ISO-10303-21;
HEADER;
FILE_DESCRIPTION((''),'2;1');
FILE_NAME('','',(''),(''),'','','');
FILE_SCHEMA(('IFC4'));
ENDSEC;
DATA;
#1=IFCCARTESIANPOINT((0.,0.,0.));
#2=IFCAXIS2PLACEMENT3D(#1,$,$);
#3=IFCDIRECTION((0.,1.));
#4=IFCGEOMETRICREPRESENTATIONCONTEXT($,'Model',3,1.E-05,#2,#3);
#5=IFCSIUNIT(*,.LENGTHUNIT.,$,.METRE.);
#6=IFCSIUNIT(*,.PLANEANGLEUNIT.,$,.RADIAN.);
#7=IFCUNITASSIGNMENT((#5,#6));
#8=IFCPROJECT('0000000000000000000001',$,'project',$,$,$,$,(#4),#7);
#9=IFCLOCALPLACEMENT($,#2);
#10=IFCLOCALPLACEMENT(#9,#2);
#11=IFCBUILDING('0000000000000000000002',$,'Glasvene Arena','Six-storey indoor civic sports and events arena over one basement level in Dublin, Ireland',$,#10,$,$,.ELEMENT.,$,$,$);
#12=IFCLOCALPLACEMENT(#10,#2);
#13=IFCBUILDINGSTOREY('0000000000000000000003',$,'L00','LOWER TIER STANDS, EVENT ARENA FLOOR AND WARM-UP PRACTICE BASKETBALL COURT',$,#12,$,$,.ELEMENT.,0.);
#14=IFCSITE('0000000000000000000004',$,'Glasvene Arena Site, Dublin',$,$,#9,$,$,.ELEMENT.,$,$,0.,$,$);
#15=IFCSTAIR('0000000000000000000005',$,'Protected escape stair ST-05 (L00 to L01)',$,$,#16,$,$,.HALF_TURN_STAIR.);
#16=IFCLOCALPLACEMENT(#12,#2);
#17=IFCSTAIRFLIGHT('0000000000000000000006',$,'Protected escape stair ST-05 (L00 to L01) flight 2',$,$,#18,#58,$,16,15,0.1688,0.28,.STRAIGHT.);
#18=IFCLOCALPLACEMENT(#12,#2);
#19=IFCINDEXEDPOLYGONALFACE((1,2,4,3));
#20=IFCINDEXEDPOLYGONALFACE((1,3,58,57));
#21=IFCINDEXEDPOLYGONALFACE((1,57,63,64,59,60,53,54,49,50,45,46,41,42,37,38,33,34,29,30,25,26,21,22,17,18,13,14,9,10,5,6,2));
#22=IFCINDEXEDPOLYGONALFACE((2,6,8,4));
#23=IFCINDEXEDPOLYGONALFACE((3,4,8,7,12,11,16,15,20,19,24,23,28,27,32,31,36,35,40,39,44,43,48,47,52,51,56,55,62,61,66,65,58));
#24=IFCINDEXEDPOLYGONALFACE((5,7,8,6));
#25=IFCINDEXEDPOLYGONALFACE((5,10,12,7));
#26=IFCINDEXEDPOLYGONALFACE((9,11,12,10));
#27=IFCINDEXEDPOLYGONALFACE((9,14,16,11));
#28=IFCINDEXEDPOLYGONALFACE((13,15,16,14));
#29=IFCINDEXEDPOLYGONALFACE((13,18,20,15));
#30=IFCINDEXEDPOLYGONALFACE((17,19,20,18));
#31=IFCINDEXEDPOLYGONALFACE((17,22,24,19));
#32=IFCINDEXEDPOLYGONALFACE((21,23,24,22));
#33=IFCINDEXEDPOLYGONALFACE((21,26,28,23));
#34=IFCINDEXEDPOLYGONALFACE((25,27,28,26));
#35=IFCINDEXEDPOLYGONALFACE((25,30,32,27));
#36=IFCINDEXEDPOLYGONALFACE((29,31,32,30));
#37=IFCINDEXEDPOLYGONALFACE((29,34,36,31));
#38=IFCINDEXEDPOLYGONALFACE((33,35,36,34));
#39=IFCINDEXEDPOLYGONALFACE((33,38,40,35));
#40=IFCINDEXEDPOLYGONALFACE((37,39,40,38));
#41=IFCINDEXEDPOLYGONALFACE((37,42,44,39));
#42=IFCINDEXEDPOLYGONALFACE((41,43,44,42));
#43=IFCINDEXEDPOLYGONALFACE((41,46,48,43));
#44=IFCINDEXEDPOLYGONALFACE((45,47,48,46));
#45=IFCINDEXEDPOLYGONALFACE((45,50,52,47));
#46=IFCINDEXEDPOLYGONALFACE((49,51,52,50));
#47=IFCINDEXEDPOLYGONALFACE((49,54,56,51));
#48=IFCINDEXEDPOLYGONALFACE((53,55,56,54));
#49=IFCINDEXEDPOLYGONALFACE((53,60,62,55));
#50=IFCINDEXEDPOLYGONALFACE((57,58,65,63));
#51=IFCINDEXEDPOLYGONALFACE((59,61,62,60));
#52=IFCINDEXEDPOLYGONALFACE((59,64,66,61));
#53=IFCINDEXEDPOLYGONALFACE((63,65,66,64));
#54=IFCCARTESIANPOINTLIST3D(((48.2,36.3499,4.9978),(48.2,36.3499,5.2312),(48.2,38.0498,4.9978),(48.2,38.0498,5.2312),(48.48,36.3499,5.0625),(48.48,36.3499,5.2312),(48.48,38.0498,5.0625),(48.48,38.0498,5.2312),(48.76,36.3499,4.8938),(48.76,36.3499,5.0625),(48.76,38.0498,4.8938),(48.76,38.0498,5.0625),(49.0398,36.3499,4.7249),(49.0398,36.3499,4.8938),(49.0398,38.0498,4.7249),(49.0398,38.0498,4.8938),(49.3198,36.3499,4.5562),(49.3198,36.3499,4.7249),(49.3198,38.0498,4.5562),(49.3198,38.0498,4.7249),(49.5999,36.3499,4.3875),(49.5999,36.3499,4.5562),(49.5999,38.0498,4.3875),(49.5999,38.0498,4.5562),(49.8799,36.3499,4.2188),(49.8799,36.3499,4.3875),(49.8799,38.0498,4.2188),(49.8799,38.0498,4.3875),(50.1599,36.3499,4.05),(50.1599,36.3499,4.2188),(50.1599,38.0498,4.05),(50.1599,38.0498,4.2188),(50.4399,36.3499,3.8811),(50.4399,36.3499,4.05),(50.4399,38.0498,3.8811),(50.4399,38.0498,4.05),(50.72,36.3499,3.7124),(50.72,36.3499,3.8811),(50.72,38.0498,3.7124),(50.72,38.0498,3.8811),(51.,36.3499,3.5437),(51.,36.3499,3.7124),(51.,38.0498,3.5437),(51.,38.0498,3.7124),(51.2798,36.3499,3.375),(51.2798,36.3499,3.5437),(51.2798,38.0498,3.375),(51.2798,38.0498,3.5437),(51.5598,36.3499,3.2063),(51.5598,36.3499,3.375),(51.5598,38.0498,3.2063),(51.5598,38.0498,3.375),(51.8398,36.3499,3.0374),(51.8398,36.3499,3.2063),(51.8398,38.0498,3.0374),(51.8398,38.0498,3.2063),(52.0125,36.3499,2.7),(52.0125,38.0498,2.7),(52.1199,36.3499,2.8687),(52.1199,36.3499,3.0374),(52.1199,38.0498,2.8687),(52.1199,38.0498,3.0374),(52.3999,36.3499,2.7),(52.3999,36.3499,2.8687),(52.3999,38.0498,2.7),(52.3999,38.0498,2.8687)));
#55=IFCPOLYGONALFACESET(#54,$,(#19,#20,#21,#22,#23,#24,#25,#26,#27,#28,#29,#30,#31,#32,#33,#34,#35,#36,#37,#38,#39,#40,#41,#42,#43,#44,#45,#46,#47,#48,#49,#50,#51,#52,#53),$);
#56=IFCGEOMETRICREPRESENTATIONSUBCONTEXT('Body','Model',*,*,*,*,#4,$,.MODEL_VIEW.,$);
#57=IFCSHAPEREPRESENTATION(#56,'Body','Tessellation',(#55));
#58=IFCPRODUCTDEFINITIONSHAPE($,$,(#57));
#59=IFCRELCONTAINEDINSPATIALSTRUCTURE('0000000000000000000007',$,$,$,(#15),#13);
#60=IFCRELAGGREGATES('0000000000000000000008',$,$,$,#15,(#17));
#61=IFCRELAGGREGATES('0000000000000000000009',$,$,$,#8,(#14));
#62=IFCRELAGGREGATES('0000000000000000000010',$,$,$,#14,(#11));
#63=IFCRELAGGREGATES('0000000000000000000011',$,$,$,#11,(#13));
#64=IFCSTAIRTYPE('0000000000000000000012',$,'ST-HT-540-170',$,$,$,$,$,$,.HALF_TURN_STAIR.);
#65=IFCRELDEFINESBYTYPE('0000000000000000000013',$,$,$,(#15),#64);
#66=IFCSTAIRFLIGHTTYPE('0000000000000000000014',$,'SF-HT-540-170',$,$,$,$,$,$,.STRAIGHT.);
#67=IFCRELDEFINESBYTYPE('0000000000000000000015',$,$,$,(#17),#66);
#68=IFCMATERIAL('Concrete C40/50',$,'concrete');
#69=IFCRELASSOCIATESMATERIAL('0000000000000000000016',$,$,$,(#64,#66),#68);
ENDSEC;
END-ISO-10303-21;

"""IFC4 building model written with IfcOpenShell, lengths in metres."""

from ifc_helpers import new_model, si_unit, direction, frame, origin, place, context, subcontext, project, spatial, polyline, outline, extrude, material, type_object, element, aggregate, save


model = new_model("IFC4")

# Units and contexts
model_context = context("Model", 3, precision=1e-05, world=origin(), true_north=direction((0.0, 1.0)))
body_context = subcontext(model_context, "Body", "Model", "MODEL_VIEW")
ifc_project = project(units=[si_unit("LENGTHUNIT", "METRE"), si_unit("PLANEANGLEUNIT", "RADIAN")], contexts=[model_context])

# Site, building, storey
site_placement = place(None, origin())
site = spatial("IfcSite", under=ifc_project, at=site_placement, Name="Glasvene Arena Site, Dublin", CompositionType="ELEMENT", RefElevation=0.0)
building_placement = place(site_placement, origin())
building = spatial("IfcBuilding", under=site, at=building_placement, Name="Glasvene Arena", Description="Six-storey indoor civic sports and events arena over one basement level in Dublin, Ireland", CompositionType="ELEMENT")
storey_placement = place(building_placement, origin())
storey = spatial("IfcBuildingStorey", under=building, at=storey_placement, Name="L00", Description="LOWER TIER STANDS, EVENT ARENA FLOOR AND WARM-UP PRACTICE BASKETBALL COURT", CompositionType="ELEMENT", Elevation=0.0)

# Shared definitions
ifc_material_1 = material(Name="Concrete C40/50", Category="concrete")

# Stair
stair_type = type_object("IfcStairType", Name="ST-HT-540-170", PredefinedType="HALF_TURN_STAIR", material=ifc_material_1)
stair_placement = place(storey_placement, origin())
stair = element("IfcStair", 1, at=stair_placement, inside=storey, type_object=stair_type, Name="Protected escape stair ST-05 (L00 to L01)", PredefinedType="HALF_TURN_STAIR")

# Stair flight
stair_flight_type = type_object("IfcStairFlightType", Name="SF-HT-540-170", PredefinedType="STRAIGHT", material=ifc_material_1)
stair_flight_1_placement = place(storey_placement, frame((52.3999, 37.2, 2.7), z_axis=(0.0, 0.0, 1.0), x_axis=(-1.0, 0.0, 0.0)))
stair_flight_1 = element("IfcStairFlight", 2, at=stair_flight_1_placement, type_object=stair_flight_type, Name="Protected escape stair ST-05 (L00 to L01) flight 2", NumberOfRisers=16, NumberOfTreads=15, PredefinedType="STRAIGHT", RiserHeight=0.1688, TreadLength=0.28, context=body_context, shape_type="SweptSolid", body=[
    extrude(outline(polyline([(0.0, 0.0), (0.0, 0.1687), (0.28, 0.1687), (0.28, 0.3374), (0.5601, 0.3374), (0.5601, 0.5063), (0.8401, 0.5063), (0.8401, 0.675), (1.1201, 0.675), (1.1201, 0.8438), (1.3999, 0.8438), (1.3999, 1.0125), (1.6799, 1.0125), (1.6799, 1.1812), (1.96, 1.1812), (1.96, 1.3501), (2.24, 1.3501), (2.24, 1.5188), (2.52, 1.5188), (2.52, 1.6875), (2.8, 1.6875), (2.8, 1.8562), (3.0801, 1.8562), (3.0801, 2.0249), (3.3601, 2.0249), (3.3601, 2.1938), (3.6399, 2.1938), (3.6399, 2.3625), (3.9199, 2.3625), (3.9199, 2.5312), (4.2, 2.5312), (4.2, 2.7), (4.2, 2.2979), (0.3875, 0.0), (0.0, 0.0)])), frame((0.0, 0.8501, 0.0), z_axis=(0.0, -1.0, 0.0), x_axis=(1.0, 0.0, 0.0)), (0.0, 0.0, 1.0), 1.7),
])
aggregate(stair, [stair_flight_1])

save(model, "model.ifc")
